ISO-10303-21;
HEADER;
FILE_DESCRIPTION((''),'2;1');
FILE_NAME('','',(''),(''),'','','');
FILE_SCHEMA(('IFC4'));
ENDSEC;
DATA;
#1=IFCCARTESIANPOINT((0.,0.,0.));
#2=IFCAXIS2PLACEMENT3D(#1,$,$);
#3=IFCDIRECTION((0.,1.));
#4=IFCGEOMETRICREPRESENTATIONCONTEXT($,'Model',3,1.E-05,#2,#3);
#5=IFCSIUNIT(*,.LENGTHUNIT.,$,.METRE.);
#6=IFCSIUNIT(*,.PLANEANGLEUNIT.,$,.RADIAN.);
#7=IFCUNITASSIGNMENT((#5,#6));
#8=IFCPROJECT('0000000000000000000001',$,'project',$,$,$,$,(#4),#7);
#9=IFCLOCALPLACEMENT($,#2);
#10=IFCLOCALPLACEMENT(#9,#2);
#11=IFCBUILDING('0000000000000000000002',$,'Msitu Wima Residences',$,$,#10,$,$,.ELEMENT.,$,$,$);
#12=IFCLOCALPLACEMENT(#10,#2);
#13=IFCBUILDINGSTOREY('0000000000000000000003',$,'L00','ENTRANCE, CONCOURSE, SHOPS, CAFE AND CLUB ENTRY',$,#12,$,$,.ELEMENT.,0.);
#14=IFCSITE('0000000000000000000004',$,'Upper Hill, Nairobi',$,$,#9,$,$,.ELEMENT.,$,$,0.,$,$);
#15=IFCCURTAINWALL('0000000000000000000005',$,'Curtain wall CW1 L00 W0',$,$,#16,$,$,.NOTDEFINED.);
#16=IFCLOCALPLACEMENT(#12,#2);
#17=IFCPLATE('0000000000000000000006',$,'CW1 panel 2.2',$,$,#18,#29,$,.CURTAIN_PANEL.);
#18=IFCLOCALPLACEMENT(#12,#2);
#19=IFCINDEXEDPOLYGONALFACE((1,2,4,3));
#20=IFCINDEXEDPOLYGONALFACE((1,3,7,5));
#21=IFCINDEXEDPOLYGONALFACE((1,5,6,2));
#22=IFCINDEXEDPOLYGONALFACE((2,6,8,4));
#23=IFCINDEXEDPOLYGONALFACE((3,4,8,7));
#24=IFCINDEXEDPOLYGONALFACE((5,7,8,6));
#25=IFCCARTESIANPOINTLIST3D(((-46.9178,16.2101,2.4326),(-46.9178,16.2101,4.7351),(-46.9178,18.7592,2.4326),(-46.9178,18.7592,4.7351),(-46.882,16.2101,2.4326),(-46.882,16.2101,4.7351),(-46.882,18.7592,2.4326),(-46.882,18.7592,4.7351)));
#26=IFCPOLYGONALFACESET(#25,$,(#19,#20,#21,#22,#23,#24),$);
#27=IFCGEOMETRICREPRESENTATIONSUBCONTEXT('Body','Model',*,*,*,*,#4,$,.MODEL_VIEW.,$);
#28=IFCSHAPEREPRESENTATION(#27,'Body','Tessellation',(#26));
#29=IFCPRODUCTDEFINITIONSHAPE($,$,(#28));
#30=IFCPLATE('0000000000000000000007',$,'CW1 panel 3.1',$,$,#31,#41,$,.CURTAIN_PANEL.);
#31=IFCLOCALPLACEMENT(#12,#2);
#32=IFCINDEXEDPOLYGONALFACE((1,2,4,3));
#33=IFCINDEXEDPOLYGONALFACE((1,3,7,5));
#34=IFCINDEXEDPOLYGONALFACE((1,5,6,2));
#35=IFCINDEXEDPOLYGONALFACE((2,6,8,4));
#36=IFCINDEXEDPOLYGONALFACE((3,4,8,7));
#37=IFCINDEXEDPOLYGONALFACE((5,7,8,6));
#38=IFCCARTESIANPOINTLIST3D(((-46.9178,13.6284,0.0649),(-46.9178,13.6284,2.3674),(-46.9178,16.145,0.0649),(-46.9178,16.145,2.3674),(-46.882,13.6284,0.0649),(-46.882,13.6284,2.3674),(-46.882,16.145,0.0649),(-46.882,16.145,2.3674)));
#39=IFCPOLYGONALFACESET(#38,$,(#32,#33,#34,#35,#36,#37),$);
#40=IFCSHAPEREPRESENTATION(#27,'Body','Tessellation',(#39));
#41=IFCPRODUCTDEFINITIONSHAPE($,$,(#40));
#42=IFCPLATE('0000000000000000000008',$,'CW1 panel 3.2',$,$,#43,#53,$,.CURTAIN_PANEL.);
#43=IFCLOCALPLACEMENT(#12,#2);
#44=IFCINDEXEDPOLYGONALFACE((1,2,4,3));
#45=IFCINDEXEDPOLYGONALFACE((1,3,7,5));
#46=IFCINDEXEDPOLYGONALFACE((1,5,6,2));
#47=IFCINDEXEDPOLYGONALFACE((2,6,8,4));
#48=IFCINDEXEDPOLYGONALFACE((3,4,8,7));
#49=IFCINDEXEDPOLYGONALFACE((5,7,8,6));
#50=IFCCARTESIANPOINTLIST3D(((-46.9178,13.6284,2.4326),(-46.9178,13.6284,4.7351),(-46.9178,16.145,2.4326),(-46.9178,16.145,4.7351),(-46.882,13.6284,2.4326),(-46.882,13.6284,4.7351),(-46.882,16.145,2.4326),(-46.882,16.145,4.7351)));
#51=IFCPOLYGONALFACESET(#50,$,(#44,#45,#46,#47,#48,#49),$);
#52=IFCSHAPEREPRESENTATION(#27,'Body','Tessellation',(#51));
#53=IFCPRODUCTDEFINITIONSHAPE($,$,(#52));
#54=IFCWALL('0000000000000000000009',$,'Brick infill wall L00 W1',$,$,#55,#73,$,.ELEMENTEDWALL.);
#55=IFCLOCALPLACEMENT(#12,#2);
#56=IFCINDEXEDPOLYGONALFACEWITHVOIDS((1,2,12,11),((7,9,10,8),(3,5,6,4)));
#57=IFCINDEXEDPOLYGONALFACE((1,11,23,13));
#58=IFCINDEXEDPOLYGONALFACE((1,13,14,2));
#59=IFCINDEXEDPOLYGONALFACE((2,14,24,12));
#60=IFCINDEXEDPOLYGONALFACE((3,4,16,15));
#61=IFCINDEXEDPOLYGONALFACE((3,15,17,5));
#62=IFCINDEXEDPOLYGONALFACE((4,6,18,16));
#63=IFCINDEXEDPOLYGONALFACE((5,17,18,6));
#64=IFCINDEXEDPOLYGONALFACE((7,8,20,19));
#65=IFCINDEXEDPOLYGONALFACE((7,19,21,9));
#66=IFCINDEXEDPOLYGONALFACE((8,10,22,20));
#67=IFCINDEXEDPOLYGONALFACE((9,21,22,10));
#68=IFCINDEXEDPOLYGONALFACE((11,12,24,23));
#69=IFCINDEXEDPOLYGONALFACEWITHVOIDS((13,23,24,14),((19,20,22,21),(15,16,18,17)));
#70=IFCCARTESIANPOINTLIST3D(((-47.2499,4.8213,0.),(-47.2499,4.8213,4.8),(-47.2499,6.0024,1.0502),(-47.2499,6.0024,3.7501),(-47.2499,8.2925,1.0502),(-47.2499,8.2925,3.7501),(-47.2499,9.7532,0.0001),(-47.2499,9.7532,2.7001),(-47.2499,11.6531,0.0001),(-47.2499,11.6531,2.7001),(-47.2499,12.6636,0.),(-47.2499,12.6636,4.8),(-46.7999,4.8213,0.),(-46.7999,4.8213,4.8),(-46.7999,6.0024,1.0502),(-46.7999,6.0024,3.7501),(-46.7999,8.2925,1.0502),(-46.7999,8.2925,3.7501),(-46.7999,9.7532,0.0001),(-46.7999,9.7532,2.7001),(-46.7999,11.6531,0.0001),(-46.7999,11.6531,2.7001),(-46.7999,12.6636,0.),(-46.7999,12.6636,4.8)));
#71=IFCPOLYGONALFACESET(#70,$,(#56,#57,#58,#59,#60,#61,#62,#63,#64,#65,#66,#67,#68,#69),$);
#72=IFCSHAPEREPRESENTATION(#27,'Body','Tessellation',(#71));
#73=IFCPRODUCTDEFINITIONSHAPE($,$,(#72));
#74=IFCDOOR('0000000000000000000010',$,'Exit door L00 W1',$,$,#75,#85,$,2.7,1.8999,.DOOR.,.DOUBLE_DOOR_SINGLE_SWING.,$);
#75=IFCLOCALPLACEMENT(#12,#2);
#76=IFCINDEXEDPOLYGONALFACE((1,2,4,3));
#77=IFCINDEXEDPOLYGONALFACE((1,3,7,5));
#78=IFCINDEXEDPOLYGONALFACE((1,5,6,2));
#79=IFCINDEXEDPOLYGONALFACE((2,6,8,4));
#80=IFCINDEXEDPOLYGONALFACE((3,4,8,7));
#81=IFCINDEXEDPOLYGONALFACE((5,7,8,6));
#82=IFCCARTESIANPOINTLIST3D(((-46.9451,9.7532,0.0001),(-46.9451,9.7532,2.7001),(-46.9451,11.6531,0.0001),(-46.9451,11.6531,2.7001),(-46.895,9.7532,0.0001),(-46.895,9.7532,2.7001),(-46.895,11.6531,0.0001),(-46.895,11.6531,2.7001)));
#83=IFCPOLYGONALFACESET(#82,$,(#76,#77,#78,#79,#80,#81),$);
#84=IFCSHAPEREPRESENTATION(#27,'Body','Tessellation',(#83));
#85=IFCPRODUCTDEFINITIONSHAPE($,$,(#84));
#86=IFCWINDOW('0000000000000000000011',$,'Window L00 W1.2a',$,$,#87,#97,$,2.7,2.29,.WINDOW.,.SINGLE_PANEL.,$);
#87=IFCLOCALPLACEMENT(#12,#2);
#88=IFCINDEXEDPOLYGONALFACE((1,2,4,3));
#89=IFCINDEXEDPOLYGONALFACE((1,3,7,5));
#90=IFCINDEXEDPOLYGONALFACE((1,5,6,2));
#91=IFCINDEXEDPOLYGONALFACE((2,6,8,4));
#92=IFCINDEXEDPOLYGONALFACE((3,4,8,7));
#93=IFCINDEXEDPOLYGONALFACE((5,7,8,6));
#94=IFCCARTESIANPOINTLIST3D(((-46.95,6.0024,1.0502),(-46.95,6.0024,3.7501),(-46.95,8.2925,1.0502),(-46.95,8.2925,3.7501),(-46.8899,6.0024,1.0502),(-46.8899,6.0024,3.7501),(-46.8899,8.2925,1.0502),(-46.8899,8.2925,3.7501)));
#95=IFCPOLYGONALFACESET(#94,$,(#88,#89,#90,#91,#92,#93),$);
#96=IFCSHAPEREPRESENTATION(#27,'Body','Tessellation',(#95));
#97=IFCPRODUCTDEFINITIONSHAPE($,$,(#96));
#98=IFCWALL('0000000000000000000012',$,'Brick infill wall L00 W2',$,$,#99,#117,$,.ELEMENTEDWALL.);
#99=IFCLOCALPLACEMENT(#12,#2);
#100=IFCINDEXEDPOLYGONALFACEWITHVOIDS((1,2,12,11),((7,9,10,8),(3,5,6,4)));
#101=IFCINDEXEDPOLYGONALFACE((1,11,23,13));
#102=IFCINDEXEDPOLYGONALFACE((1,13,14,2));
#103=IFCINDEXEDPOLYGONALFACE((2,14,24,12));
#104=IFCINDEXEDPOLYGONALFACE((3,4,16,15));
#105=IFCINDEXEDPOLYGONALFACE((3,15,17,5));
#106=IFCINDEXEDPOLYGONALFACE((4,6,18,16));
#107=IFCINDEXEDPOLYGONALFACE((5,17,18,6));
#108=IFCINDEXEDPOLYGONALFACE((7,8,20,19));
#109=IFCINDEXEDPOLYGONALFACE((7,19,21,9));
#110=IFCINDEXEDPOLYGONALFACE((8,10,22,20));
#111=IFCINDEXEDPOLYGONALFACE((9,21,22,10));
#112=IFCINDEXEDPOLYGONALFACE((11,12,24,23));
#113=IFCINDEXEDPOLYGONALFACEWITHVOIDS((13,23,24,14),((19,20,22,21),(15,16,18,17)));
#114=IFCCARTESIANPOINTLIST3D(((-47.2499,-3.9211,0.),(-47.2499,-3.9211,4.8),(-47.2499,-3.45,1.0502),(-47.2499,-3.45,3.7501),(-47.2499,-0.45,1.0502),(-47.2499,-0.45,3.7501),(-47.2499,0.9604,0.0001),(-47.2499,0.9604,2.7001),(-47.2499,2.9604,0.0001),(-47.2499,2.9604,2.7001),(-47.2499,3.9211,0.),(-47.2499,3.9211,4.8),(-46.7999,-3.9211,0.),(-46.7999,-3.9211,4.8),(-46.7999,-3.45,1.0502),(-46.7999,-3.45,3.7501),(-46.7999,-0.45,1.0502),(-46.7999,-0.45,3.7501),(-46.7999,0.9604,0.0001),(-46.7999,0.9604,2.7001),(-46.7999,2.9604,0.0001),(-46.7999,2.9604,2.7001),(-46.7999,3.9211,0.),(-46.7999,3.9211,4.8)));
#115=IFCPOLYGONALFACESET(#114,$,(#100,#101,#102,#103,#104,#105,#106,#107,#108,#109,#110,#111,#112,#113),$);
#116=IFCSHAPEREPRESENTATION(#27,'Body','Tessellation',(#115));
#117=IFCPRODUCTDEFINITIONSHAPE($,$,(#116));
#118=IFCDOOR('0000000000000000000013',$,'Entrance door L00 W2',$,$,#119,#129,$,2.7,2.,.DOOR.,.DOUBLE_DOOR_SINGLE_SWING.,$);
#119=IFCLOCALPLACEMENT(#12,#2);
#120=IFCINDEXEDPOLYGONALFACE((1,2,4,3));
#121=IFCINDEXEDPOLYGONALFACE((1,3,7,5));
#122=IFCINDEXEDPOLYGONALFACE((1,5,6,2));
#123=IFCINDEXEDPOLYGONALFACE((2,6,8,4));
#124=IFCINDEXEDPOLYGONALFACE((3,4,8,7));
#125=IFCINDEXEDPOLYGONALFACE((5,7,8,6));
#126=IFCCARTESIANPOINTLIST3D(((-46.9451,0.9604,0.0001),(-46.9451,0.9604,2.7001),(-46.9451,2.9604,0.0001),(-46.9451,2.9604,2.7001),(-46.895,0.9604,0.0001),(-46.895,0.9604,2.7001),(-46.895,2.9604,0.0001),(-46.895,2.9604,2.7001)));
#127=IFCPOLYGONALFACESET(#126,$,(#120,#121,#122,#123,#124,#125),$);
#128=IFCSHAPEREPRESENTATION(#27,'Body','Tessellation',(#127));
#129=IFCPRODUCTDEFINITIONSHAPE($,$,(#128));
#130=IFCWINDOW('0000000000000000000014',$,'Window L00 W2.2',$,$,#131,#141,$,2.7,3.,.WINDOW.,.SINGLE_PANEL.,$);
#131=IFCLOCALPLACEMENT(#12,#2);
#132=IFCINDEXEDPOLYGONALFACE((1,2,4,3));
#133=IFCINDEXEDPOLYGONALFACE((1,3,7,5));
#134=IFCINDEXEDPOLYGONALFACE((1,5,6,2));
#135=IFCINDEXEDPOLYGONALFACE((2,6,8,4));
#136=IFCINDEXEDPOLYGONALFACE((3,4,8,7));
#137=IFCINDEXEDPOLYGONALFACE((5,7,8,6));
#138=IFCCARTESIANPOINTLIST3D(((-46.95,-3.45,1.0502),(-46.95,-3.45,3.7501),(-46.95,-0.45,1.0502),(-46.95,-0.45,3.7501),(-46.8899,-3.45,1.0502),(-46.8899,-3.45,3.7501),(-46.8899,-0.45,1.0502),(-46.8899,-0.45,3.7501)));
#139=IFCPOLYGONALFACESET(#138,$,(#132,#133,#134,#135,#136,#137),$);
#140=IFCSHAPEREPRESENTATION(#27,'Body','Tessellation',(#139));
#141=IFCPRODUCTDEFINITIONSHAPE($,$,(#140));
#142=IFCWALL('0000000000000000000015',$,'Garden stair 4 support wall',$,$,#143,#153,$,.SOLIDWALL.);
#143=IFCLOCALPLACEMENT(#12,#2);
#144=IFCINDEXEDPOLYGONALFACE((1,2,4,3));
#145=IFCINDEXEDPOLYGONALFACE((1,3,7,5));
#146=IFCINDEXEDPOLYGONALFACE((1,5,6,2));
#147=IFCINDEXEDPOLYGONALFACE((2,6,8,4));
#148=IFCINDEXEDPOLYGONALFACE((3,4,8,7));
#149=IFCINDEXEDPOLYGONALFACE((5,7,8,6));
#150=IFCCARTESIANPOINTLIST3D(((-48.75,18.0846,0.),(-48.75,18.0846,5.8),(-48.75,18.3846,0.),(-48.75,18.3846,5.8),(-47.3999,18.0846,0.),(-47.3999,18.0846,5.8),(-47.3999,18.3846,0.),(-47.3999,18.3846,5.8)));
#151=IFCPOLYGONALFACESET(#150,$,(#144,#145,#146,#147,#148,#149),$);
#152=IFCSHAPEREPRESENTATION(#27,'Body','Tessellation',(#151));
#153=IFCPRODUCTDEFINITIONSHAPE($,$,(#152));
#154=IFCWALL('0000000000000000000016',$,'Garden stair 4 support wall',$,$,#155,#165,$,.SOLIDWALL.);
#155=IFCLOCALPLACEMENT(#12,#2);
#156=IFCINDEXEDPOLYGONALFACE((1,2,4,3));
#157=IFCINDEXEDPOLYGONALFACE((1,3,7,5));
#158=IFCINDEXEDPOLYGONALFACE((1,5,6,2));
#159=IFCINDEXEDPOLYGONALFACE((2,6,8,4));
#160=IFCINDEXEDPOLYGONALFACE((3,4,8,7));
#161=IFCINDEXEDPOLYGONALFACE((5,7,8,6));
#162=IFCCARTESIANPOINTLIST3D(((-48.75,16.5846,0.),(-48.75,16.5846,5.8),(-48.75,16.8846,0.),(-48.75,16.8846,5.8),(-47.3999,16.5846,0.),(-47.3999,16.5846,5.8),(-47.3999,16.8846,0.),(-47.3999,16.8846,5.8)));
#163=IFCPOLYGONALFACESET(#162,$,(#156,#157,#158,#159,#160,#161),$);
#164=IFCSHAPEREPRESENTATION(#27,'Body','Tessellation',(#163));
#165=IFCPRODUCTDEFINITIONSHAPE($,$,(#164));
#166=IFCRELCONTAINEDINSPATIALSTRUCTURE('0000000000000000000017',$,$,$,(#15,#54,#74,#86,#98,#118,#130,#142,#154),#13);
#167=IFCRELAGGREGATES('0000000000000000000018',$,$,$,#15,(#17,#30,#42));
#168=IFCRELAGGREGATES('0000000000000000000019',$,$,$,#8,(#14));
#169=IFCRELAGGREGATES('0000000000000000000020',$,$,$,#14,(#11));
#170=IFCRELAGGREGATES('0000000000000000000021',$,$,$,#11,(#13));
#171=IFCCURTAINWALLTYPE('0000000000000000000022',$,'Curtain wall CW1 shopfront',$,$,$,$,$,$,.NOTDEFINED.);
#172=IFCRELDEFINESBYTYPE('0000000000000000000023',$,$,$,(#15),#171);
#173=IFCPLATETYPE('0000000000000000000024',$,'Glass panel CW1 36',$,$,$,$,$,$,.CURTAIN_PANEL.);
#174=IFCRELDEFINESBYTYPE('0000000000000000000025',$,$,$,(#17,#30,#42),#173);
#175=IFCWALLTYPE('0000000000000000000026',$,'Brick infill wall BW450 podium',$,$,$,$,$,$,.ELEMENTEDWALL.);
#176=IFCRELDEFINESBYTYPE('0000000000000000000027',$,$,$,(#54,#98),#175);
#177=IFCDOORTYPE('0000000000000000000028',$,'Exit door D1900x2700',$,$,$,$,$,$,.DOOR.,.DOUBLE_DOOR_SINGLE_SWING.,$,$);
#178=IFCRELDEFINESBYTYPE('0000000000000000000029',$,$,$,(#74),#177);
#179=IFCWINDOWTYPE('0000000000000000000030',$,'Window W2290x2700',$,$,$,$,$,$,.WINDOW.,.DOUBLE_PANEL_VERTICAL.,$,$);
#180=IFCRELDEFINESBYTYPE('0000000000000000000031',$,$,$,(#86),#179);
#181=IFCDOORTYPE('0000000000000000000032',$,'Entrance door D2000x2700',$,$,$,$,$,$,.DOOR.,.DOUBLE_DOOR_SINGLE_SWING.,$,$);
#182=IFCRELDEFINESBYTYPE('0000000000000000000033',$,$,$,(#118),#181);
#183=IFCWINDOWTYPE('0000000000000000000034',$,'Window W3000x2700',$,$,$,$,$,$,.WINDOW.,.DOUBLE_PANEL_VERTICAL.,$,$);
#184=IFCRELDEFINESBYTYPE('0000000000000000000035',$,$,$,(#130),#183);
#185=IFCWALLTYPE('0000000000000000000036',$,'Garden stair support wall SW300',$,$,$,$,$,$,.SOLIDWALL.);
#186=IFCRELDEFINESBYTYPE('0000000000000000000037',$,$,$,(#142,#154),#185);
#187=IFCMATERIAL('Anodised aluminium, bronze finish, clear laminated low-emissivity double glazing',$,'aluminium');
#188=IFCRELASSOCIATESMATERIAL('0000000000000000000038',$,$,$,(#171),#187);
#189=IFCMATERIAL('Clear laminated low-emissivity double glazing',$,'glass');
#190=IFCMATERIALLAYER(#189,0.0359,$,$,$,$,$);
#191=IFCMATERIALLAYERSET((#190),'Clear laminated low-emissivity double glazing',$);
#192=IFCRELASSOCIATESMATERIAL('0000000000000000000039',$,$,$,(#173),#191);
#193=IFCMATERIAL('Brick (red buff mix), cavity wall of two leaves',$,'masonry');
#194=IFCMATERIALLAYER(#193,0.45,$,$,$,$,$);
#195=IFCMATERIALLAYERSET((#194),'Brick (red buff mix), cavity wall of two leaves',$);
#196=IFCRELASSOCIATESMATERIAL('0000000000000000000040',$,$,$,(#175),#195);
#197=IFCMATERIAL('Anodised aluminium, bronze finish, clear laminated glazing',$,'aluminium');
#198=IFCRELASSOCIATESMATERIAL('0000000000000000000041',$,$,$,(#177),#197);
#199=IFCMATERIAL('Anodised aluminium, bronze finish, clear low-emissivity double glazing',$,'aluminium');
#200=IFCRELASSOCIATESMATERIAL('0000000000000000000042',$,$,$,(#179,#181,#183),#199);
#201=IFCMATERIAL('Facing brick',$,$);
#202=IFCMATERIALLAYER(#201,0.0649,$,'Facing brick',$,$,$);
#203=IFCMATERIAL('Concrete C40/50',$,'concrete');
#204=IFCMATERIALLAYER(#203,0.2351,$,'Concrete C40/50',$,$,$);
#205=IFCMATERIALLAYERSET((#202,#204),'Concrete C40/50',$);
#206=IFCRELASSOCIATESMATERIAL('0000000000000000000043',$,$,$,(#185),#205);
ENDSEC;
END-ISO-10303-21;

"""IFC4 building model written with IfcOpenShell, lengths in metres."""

from ifc_helpers import new_model, si_unit, direction, frame, frame_2d, origin, origin_2d, place, context, subcontext, project, spatial, rectangle, extrude, material, layer, layer_set, type_object, element, fill, aggregate, save


model = new_model("IFC4")

# Units and contexts
model_context = context("Model", 3, precision=1e-05, world=origin(), true_north=direction((0.0, 1.0)))
body_context = subcontext(model_context, "Body", "Model", "MODEL_VIEW")
ifc_project = project(units=[si_unit("LENGTHUNIT", "METRE"), si_unit("PLANEANGLEUNIT", "RADIAN")], contexts=[model_context])

# Site, building, storey
site_placement = place(None, origin())
site = spatial("IfcSite", under=ifc_project, at=site_placement, Name="Upper Hill, Nairobi", CompositionType="ELEMENT", RefElevation=0.0)
building_placement = place(site_placement, origin())
building = spatial("IfcBuilding", under=site, at=building_placement, Name="Msitu Wima Residences", CompositionType="ELEMENT")
storey_placement = place(building_placement, origin())
storey = spatial("IfcBuildingStorey", under=building, at=storey_placement, Name="L00", Description="ENTRANCE, CONCOURSE, SHOPS, CAFE AND CLUB ENTRY", CompositionType="ELEMENT", Elevation=0.0)

# Curtain wall, plates
ifc_material_1 = material(Name="Anodised aluminium, bronze finish, clear laminated low-emissivity double glazing", Category="aluminium")
curtain_wall_type = type_object("IfcCurtainWallType", Name="Curtain wall CW1 shopfront", PredefinedType="NOTDEFINED", material=ifc_material_1)
curtain_wall_placement = place(storey_placement, origin())
curtain_wall = element("IfcCurtainWall", 1, at=curtain_wall_placement, inside=storey, type_object=curtain_wall_type, Name="Curtain wall CW1 L00 W0", PredefinedType="NOTDEFINED")
ifc_material_2 = material(Name="Clear laminated low-emissivity double glazing", Category="glass")
ifc_layer_1 = layer(ifc_material_2, 0.0359)
ifc_layer_set_1 = layer_set([ifc_layer_1], Name="Clear laminated low-emissivity double glazing")
plate_type = type_object("IfcPlateType", Name="Glass panel CW1 36", PredefinedType="CURTAIN_PANEL", material=ifc_layer_set_1)
plate_1_placement = place(storey_placement, frame((-46.8999, 17.4846, 2.4326), z_axis=(0.0, 0.0, 1.0), x_axis=(0.0, -1.0, 0.0)))
plate_1 = element("IfcPlate", 2, at=plate_1_placement, type_object=plate_type, Name="CW1 panel 2.2", PredefinedType="CURTAIN_PANEL", context=body_context, shape_type="SweptSolid", body=[
    extrude(rectangle(XDim=2.5491, YDim=0.0359, at=origin_2d()), origin(), (0.0, 0.0, 1.0), 2.3025),
])
plate_2_placement = place(storey_placement, frame((-46.8999, 14.8867, 0.0649), z_axis=(0.0, 0.0, 1.0), x_axis=(0.0, -1.0, 0.0)))
plate_2 = element("IfcPlate", 3, at=plate_2_placement, type_object=plate_type, Name="CW1 panel 3.1", PredefinedType="CURTAIN_PANEL", context=body_context, shape_type="SweptSolid", body=[
    extrude(rectangle(XDim=2.5166, YDim=0.0359, at=origin_2d()), origin(), (0.0, 0.0, 1.0), 2.3025),
])
plate_3_placement = place(storey_placement, frame((-46.8999, 14.8867, 2.4326), z_axis=(0.0, 0.0, 1.0), x_axis=(0.0, -1.0, 0.0)))
plate_3 = element("IfcPlate", 4, at=plate_3_placement, type_object=plate_type, Name="CW1 panel 3.2", PredefinedType="CURTAIN_PANEL", context=body_context, shape_type="SweptSolid", body=[
    extrude(rectangle(XDim=2.5166, YDim=0.0359, at=origin_2d()), origin(), (0.0, 0.0, 1.0), 2.3025),
])
aggregate(curtain_wall, [plate_1, plate_2, plate_3])

# Walls, openings, doors, windows
ifc_material_3 = material(Name="Brick (red buff mix), cavity wall of two leaves", Category="masonry")
ifc_layer_2 = layer(ifc_material_3, 0.45)
ifc_layer_set_2 = layer_set([ifc_layer_2], Name="Brick (red buff mix), cavity wall of two leaves")
wall_type_1 = type_object("IfcWallType", Name="Brick infill wall BW450 podium", PredefinedType="ELEMENTEDWALL", material=ifc_layer_set_2)
wall_1_placement = place(storey_placement, frame((-47.0249, 12.6636, 0.0), z_axis=(0.0, 0.0, 1.0), x_axis=(0.0, -1.0, 0.0)))
wall_1 = element("IfcWall", 5, at=wall_1_placement, inside=storey, type_object=wall_type_1, Name="Brick infill wall L00 W1", PredefinedType="ELEMENTEDWALL", context=body_context, shape_type="SweptSolid", body=[
    extrude(rectangle(XDim=7.8423, YDim=0.45, at=frame_2d((3.9211, 0.0))), origin(), (0.0, 0.0, 1.0), 4.8),
])
opening_1_placement = place(wall_1_placement, frame((1.0105, 0.0, 0.0)))
opening_1 = element("IfcOpeningElement", 6, at=opening_1_placement, cuts=wall_1, PredefinedType="OPENING", context=body_context, shape_type="SweptSolid", body=[
    extrude(rectangle(XDim=1.8999, YDim=2.7, at=frame_2d((0.95, 1.3501))), frame((0.0, 0.2349, 0.0), z_axis=(0.0, -1.0, 0.0), x_axis=(1.0, 0.0, 0.0)), (0.0, 0.0, 1.0), 0.47),
])
opening_2_placement = place(wall_1_placement, frame((4.3711, 0.0, 1.05)))
opening_2 = element("IfcOpeningElement", 7, at=opening_2_placement, cuts=wall_1, PredefinedType="OPENING", context=body_context, shape_type="SweptSolid", body=[
    extrude(rectangle(XDim=2.29, YDim=2.7, at=frame_2d((1.145, 1.3501))), frame((0.0, 0.2349, 0.0), z_axis=(0.0, -1.0, 0.0), x_axis=(1.0, 0.0, 0.0)), (0.0, 0.0, 1.0), 0.47),
])
ifc_material_4 = material(Name="Anodised aluminium, bronze finish, clear laminated glazing", Category="aluminium")
door_type_1 = type_object("IfcDoorType", Name="Exit door D1900x2700", OperationType="DOUBLE_DOOR_SINGLE_SWING", PredefinedType="DOOR", material=ifc_material_4)
door_1_placement = place(opening_1_placement, frame((1.8999, 0.0, 0.0), z_axis=(0.0, 0.0, 1.0), x_axis=(-1.0, 0.0, 0.0)))
door_1 = element("IfcDoor", 8, at=door_1_placement, inside=storey, type_object=door_type_1, Name="Exit door L00 W1", OperationType="DOUBLE_DOOR_SINGLE_SWING", OverallHeight=2.7, OverallWidth=1.8999, PredefinedType="DOOR", context=body_context, shape_type="SweptSolid", body=[
    extrude(rectangle(XDim=1.8999, YDim=2.7, at=frame_2d((0.95, 1.3501))), frame((0.0, -0.0798, 0.0), z_axis=(0.0, -1.0, 0.0), x_axis=(1.0, 0.0, 0.0)), (0.0, 0.0, 1.0), 0.05),
])
fill(opening_1, door_1)
ifc_material_5 = material(Name="Anodised aluminium, bronze finish, clear low-emissivity double glazing", Category="aluminium")
window_type_1 = type_object("IfcWindowType", Name="Window W2290x2700", PartitioningType="DOUBLE_PANEL_VERTICAL", PredefinedType="WINDOW", material=ifc_material_5)
window_1_placement = place(opening_2_placement, origin())
window_1 = element("IfcWindow", 9, at=window_1_placement, inside=storey, type_object=window_type_1, Name="Window L00 W1.2a", OverallHeight=2.7, OverallWidth=2.29, PartitioningType="SINGLE_PANEL", PredefinedType="WINDOW", context=body_context, shape_type="SweptSolid", body=[
    extrude(rectangle(XDim=2.29, YDim=2.7, at=frame_2d((1.145, 1.3501))), frame((0.0, 0.135, 0.0), z_axis=(0.0, -1.0, 0.0), x_axis=(1.0, 0.0, 0.0)), (0.0, 0.0, 1.0), 0.0601),
])
fill(opening_2, window_1)
wall_2_placement = place(storey_placement, frame((-47.0249, 3.9211, 0.0), z_axis=(0.0, 0.0, 1.0), x_axis=(0.0, -1.0, 0.0)))
wall_2 = element("IfcWall", 10, at=wall_2_placement, inside=storey, type_object=wall_type_1, Name="Brick infill wall L00 W2", PredefinedType="ELEMENTEDWALL", context=body_context, shape_type="SweptSolid", body=[
    extrude(rectangle(XDim=7.8423, YDim=0.45, at=frame_2d((3.9211, 0.0))), origin(), (0.0, 0.0, 1.0), 4.8),
])
opening_3_placement = place(wall_2_placement, frame((0.9607, 0.0, 0.0)))
opening_3 = element("IfcOpeningElement", 11, at=opening_3_placement, cuts=wall_2, PredefinedType="OPENING", context=body_context, shape_type="SweptSolid", body=[
    extrude(rectangle(XDim=2.0, YDim=2.7, at=frame_2d((1.0, 1.3501))), frame((0.0, 0.2349, 0.0), z_axis=(0.0, -1.0, 0.0), x_axis=(1.0, 0.0, 0.0)), (0.0, 0.0, 1.0), 0.47),
])
opening_4_placement = place(wall_2_placement, frame((4.3711, 0.0, 1.05)))
opening_4 = element("IfcOpeningElement", 12, at=opening_4_placement, cuts=wall_2, PredefinedType="OPENING", context=body_context, shape_type="SweptSolid", body=[
    extrude(rectangle(XDim=3.0, YDim=2.7, at=frame_2d((1.5, 1.3501))), frame((0.0, 0.2349, 0.0), z_axis=(0.0, -1.0, 0.0), x_axis=(1.0, 0.0, 0.0)), (0.0, 0.0, 1.0), 0.47),
])
door_type_2 = type_object("IfcDoorType", Name="Entrance door D2000x2700", OperationType="DOUBLE_DOOR_SINGLE_SWING", PredefinedType="DOOR", material=ifc_material_5)
door_2_placement = place(opening_3_placement, frame((2.0, 0.0, 0.0), z_axis=(0.0, 0.0, 1.0), x_axis=(-1.0, 0.0, 0.0)))
door_2 = element("IfcDoor", 13, at=door_2_placement, inside=storey, type_object=door_type_2, Name="Entrance door L00 W2", OperationType="DOUBLE_DOOR_SINGLE_SWING", OverallHeight=2.7, OverallWidth=2.0, PredefinedType="DOOR", context=body_context, shape_type="SweptSolid", body=[
    extrude(rectangle(XDim=2.0, YDim=2.7, at=frame_2d((1.0, 1.3501))), frame((0.0, -0.0798, 0.0), z_axis=(0.0, -1.0, 0.0), x_axis=(1.0, 0.0, 0.0)), (0.0, 0.0, 1.0), 0.05),
])
fill(opening_3, door_2)
window_type_2 = type_object("IfcWindowType", Name="Window W3000x2700", PartitioningType="DOUBLE_PANEL_VERTICAL", PredefinedType="WINDOW", material=ifc_material_5)
window_2_placement = place(opening_4_placement, origin())
window_2 = element("IfcWindow", 14, at=window_2_placement, inside=storey, type_object=window_type_2, Name="Window L00 W2.2", OverallHeight=2.7, OverallWidth=3.0, PartitioningType="SINGLE_PANEL", PredefinedType="WINDOW", context=body_context, shape_type="SweptSolid", body=[
    extrude(rectangle(XDim=3.0, YDim=2.7, at=frame_2d((1.5, 1.3501))), frame((0.0, 0.135, 0.0), z_axis=(0.0, -1.0, 0.0), x_axis=(1.0, 0.0, 0.0)), (0.0, 0.0, 1.0), 0.0601),
])
fill(opening_4, window_2)

# Walls
ifc_material_6 = material(Name="Facing brick")
ifc_layer_3 = layer(ifc_material_6, 0.0649, Name="Facing brick")
ifc_material_7 = material(Name="Concrete C40/50", Category="concrete")
ifc_layer_4 = layer(ifc_material_7, 0.2351, Name="Concrete C40/50")
ifc_layer_set_3 = layer_set([ifc_layer_3, ifc_layer_4], Name="Concrete C40/50")
wall_type_2 = type_object("IfcWallType", Name="Garden stair support wall SW300", PredefinedType="SOLIDWALL", material=ifc_layer_set_3)
for number, where, z_axis, x_axis, name in (
    (15, (-47.3999, 18.2346, 0.0), (0.0, 0.0, 1.0), (-1.0, 0.0, 0.0), "Garden stair 4 support wall"),
    (16, (-47.3999, 16.7346, 0.0), (0.0, 0.0, 1.0), (-1.0, 0.0, 0.0), "Garden stair 4 support wall"),
):
    element("IfcWall", number, at=place(storey_placement, frame(where, z_axis=z_axis, x_axis=x_axis)), inside=storey, type_object=wall_type_2, Name=name, PredefinedType="SOLIDWALL", context=body_context, shape_type="SweptSolid", body=[
        extrude(rectangle(XDim=1.3501, YDim=0.3, at=frame_2d((0.675, 0.0))), origin(), (0.0, 0.0, 1.0), 5.8),
    ])

save(model, "model.ifc")
